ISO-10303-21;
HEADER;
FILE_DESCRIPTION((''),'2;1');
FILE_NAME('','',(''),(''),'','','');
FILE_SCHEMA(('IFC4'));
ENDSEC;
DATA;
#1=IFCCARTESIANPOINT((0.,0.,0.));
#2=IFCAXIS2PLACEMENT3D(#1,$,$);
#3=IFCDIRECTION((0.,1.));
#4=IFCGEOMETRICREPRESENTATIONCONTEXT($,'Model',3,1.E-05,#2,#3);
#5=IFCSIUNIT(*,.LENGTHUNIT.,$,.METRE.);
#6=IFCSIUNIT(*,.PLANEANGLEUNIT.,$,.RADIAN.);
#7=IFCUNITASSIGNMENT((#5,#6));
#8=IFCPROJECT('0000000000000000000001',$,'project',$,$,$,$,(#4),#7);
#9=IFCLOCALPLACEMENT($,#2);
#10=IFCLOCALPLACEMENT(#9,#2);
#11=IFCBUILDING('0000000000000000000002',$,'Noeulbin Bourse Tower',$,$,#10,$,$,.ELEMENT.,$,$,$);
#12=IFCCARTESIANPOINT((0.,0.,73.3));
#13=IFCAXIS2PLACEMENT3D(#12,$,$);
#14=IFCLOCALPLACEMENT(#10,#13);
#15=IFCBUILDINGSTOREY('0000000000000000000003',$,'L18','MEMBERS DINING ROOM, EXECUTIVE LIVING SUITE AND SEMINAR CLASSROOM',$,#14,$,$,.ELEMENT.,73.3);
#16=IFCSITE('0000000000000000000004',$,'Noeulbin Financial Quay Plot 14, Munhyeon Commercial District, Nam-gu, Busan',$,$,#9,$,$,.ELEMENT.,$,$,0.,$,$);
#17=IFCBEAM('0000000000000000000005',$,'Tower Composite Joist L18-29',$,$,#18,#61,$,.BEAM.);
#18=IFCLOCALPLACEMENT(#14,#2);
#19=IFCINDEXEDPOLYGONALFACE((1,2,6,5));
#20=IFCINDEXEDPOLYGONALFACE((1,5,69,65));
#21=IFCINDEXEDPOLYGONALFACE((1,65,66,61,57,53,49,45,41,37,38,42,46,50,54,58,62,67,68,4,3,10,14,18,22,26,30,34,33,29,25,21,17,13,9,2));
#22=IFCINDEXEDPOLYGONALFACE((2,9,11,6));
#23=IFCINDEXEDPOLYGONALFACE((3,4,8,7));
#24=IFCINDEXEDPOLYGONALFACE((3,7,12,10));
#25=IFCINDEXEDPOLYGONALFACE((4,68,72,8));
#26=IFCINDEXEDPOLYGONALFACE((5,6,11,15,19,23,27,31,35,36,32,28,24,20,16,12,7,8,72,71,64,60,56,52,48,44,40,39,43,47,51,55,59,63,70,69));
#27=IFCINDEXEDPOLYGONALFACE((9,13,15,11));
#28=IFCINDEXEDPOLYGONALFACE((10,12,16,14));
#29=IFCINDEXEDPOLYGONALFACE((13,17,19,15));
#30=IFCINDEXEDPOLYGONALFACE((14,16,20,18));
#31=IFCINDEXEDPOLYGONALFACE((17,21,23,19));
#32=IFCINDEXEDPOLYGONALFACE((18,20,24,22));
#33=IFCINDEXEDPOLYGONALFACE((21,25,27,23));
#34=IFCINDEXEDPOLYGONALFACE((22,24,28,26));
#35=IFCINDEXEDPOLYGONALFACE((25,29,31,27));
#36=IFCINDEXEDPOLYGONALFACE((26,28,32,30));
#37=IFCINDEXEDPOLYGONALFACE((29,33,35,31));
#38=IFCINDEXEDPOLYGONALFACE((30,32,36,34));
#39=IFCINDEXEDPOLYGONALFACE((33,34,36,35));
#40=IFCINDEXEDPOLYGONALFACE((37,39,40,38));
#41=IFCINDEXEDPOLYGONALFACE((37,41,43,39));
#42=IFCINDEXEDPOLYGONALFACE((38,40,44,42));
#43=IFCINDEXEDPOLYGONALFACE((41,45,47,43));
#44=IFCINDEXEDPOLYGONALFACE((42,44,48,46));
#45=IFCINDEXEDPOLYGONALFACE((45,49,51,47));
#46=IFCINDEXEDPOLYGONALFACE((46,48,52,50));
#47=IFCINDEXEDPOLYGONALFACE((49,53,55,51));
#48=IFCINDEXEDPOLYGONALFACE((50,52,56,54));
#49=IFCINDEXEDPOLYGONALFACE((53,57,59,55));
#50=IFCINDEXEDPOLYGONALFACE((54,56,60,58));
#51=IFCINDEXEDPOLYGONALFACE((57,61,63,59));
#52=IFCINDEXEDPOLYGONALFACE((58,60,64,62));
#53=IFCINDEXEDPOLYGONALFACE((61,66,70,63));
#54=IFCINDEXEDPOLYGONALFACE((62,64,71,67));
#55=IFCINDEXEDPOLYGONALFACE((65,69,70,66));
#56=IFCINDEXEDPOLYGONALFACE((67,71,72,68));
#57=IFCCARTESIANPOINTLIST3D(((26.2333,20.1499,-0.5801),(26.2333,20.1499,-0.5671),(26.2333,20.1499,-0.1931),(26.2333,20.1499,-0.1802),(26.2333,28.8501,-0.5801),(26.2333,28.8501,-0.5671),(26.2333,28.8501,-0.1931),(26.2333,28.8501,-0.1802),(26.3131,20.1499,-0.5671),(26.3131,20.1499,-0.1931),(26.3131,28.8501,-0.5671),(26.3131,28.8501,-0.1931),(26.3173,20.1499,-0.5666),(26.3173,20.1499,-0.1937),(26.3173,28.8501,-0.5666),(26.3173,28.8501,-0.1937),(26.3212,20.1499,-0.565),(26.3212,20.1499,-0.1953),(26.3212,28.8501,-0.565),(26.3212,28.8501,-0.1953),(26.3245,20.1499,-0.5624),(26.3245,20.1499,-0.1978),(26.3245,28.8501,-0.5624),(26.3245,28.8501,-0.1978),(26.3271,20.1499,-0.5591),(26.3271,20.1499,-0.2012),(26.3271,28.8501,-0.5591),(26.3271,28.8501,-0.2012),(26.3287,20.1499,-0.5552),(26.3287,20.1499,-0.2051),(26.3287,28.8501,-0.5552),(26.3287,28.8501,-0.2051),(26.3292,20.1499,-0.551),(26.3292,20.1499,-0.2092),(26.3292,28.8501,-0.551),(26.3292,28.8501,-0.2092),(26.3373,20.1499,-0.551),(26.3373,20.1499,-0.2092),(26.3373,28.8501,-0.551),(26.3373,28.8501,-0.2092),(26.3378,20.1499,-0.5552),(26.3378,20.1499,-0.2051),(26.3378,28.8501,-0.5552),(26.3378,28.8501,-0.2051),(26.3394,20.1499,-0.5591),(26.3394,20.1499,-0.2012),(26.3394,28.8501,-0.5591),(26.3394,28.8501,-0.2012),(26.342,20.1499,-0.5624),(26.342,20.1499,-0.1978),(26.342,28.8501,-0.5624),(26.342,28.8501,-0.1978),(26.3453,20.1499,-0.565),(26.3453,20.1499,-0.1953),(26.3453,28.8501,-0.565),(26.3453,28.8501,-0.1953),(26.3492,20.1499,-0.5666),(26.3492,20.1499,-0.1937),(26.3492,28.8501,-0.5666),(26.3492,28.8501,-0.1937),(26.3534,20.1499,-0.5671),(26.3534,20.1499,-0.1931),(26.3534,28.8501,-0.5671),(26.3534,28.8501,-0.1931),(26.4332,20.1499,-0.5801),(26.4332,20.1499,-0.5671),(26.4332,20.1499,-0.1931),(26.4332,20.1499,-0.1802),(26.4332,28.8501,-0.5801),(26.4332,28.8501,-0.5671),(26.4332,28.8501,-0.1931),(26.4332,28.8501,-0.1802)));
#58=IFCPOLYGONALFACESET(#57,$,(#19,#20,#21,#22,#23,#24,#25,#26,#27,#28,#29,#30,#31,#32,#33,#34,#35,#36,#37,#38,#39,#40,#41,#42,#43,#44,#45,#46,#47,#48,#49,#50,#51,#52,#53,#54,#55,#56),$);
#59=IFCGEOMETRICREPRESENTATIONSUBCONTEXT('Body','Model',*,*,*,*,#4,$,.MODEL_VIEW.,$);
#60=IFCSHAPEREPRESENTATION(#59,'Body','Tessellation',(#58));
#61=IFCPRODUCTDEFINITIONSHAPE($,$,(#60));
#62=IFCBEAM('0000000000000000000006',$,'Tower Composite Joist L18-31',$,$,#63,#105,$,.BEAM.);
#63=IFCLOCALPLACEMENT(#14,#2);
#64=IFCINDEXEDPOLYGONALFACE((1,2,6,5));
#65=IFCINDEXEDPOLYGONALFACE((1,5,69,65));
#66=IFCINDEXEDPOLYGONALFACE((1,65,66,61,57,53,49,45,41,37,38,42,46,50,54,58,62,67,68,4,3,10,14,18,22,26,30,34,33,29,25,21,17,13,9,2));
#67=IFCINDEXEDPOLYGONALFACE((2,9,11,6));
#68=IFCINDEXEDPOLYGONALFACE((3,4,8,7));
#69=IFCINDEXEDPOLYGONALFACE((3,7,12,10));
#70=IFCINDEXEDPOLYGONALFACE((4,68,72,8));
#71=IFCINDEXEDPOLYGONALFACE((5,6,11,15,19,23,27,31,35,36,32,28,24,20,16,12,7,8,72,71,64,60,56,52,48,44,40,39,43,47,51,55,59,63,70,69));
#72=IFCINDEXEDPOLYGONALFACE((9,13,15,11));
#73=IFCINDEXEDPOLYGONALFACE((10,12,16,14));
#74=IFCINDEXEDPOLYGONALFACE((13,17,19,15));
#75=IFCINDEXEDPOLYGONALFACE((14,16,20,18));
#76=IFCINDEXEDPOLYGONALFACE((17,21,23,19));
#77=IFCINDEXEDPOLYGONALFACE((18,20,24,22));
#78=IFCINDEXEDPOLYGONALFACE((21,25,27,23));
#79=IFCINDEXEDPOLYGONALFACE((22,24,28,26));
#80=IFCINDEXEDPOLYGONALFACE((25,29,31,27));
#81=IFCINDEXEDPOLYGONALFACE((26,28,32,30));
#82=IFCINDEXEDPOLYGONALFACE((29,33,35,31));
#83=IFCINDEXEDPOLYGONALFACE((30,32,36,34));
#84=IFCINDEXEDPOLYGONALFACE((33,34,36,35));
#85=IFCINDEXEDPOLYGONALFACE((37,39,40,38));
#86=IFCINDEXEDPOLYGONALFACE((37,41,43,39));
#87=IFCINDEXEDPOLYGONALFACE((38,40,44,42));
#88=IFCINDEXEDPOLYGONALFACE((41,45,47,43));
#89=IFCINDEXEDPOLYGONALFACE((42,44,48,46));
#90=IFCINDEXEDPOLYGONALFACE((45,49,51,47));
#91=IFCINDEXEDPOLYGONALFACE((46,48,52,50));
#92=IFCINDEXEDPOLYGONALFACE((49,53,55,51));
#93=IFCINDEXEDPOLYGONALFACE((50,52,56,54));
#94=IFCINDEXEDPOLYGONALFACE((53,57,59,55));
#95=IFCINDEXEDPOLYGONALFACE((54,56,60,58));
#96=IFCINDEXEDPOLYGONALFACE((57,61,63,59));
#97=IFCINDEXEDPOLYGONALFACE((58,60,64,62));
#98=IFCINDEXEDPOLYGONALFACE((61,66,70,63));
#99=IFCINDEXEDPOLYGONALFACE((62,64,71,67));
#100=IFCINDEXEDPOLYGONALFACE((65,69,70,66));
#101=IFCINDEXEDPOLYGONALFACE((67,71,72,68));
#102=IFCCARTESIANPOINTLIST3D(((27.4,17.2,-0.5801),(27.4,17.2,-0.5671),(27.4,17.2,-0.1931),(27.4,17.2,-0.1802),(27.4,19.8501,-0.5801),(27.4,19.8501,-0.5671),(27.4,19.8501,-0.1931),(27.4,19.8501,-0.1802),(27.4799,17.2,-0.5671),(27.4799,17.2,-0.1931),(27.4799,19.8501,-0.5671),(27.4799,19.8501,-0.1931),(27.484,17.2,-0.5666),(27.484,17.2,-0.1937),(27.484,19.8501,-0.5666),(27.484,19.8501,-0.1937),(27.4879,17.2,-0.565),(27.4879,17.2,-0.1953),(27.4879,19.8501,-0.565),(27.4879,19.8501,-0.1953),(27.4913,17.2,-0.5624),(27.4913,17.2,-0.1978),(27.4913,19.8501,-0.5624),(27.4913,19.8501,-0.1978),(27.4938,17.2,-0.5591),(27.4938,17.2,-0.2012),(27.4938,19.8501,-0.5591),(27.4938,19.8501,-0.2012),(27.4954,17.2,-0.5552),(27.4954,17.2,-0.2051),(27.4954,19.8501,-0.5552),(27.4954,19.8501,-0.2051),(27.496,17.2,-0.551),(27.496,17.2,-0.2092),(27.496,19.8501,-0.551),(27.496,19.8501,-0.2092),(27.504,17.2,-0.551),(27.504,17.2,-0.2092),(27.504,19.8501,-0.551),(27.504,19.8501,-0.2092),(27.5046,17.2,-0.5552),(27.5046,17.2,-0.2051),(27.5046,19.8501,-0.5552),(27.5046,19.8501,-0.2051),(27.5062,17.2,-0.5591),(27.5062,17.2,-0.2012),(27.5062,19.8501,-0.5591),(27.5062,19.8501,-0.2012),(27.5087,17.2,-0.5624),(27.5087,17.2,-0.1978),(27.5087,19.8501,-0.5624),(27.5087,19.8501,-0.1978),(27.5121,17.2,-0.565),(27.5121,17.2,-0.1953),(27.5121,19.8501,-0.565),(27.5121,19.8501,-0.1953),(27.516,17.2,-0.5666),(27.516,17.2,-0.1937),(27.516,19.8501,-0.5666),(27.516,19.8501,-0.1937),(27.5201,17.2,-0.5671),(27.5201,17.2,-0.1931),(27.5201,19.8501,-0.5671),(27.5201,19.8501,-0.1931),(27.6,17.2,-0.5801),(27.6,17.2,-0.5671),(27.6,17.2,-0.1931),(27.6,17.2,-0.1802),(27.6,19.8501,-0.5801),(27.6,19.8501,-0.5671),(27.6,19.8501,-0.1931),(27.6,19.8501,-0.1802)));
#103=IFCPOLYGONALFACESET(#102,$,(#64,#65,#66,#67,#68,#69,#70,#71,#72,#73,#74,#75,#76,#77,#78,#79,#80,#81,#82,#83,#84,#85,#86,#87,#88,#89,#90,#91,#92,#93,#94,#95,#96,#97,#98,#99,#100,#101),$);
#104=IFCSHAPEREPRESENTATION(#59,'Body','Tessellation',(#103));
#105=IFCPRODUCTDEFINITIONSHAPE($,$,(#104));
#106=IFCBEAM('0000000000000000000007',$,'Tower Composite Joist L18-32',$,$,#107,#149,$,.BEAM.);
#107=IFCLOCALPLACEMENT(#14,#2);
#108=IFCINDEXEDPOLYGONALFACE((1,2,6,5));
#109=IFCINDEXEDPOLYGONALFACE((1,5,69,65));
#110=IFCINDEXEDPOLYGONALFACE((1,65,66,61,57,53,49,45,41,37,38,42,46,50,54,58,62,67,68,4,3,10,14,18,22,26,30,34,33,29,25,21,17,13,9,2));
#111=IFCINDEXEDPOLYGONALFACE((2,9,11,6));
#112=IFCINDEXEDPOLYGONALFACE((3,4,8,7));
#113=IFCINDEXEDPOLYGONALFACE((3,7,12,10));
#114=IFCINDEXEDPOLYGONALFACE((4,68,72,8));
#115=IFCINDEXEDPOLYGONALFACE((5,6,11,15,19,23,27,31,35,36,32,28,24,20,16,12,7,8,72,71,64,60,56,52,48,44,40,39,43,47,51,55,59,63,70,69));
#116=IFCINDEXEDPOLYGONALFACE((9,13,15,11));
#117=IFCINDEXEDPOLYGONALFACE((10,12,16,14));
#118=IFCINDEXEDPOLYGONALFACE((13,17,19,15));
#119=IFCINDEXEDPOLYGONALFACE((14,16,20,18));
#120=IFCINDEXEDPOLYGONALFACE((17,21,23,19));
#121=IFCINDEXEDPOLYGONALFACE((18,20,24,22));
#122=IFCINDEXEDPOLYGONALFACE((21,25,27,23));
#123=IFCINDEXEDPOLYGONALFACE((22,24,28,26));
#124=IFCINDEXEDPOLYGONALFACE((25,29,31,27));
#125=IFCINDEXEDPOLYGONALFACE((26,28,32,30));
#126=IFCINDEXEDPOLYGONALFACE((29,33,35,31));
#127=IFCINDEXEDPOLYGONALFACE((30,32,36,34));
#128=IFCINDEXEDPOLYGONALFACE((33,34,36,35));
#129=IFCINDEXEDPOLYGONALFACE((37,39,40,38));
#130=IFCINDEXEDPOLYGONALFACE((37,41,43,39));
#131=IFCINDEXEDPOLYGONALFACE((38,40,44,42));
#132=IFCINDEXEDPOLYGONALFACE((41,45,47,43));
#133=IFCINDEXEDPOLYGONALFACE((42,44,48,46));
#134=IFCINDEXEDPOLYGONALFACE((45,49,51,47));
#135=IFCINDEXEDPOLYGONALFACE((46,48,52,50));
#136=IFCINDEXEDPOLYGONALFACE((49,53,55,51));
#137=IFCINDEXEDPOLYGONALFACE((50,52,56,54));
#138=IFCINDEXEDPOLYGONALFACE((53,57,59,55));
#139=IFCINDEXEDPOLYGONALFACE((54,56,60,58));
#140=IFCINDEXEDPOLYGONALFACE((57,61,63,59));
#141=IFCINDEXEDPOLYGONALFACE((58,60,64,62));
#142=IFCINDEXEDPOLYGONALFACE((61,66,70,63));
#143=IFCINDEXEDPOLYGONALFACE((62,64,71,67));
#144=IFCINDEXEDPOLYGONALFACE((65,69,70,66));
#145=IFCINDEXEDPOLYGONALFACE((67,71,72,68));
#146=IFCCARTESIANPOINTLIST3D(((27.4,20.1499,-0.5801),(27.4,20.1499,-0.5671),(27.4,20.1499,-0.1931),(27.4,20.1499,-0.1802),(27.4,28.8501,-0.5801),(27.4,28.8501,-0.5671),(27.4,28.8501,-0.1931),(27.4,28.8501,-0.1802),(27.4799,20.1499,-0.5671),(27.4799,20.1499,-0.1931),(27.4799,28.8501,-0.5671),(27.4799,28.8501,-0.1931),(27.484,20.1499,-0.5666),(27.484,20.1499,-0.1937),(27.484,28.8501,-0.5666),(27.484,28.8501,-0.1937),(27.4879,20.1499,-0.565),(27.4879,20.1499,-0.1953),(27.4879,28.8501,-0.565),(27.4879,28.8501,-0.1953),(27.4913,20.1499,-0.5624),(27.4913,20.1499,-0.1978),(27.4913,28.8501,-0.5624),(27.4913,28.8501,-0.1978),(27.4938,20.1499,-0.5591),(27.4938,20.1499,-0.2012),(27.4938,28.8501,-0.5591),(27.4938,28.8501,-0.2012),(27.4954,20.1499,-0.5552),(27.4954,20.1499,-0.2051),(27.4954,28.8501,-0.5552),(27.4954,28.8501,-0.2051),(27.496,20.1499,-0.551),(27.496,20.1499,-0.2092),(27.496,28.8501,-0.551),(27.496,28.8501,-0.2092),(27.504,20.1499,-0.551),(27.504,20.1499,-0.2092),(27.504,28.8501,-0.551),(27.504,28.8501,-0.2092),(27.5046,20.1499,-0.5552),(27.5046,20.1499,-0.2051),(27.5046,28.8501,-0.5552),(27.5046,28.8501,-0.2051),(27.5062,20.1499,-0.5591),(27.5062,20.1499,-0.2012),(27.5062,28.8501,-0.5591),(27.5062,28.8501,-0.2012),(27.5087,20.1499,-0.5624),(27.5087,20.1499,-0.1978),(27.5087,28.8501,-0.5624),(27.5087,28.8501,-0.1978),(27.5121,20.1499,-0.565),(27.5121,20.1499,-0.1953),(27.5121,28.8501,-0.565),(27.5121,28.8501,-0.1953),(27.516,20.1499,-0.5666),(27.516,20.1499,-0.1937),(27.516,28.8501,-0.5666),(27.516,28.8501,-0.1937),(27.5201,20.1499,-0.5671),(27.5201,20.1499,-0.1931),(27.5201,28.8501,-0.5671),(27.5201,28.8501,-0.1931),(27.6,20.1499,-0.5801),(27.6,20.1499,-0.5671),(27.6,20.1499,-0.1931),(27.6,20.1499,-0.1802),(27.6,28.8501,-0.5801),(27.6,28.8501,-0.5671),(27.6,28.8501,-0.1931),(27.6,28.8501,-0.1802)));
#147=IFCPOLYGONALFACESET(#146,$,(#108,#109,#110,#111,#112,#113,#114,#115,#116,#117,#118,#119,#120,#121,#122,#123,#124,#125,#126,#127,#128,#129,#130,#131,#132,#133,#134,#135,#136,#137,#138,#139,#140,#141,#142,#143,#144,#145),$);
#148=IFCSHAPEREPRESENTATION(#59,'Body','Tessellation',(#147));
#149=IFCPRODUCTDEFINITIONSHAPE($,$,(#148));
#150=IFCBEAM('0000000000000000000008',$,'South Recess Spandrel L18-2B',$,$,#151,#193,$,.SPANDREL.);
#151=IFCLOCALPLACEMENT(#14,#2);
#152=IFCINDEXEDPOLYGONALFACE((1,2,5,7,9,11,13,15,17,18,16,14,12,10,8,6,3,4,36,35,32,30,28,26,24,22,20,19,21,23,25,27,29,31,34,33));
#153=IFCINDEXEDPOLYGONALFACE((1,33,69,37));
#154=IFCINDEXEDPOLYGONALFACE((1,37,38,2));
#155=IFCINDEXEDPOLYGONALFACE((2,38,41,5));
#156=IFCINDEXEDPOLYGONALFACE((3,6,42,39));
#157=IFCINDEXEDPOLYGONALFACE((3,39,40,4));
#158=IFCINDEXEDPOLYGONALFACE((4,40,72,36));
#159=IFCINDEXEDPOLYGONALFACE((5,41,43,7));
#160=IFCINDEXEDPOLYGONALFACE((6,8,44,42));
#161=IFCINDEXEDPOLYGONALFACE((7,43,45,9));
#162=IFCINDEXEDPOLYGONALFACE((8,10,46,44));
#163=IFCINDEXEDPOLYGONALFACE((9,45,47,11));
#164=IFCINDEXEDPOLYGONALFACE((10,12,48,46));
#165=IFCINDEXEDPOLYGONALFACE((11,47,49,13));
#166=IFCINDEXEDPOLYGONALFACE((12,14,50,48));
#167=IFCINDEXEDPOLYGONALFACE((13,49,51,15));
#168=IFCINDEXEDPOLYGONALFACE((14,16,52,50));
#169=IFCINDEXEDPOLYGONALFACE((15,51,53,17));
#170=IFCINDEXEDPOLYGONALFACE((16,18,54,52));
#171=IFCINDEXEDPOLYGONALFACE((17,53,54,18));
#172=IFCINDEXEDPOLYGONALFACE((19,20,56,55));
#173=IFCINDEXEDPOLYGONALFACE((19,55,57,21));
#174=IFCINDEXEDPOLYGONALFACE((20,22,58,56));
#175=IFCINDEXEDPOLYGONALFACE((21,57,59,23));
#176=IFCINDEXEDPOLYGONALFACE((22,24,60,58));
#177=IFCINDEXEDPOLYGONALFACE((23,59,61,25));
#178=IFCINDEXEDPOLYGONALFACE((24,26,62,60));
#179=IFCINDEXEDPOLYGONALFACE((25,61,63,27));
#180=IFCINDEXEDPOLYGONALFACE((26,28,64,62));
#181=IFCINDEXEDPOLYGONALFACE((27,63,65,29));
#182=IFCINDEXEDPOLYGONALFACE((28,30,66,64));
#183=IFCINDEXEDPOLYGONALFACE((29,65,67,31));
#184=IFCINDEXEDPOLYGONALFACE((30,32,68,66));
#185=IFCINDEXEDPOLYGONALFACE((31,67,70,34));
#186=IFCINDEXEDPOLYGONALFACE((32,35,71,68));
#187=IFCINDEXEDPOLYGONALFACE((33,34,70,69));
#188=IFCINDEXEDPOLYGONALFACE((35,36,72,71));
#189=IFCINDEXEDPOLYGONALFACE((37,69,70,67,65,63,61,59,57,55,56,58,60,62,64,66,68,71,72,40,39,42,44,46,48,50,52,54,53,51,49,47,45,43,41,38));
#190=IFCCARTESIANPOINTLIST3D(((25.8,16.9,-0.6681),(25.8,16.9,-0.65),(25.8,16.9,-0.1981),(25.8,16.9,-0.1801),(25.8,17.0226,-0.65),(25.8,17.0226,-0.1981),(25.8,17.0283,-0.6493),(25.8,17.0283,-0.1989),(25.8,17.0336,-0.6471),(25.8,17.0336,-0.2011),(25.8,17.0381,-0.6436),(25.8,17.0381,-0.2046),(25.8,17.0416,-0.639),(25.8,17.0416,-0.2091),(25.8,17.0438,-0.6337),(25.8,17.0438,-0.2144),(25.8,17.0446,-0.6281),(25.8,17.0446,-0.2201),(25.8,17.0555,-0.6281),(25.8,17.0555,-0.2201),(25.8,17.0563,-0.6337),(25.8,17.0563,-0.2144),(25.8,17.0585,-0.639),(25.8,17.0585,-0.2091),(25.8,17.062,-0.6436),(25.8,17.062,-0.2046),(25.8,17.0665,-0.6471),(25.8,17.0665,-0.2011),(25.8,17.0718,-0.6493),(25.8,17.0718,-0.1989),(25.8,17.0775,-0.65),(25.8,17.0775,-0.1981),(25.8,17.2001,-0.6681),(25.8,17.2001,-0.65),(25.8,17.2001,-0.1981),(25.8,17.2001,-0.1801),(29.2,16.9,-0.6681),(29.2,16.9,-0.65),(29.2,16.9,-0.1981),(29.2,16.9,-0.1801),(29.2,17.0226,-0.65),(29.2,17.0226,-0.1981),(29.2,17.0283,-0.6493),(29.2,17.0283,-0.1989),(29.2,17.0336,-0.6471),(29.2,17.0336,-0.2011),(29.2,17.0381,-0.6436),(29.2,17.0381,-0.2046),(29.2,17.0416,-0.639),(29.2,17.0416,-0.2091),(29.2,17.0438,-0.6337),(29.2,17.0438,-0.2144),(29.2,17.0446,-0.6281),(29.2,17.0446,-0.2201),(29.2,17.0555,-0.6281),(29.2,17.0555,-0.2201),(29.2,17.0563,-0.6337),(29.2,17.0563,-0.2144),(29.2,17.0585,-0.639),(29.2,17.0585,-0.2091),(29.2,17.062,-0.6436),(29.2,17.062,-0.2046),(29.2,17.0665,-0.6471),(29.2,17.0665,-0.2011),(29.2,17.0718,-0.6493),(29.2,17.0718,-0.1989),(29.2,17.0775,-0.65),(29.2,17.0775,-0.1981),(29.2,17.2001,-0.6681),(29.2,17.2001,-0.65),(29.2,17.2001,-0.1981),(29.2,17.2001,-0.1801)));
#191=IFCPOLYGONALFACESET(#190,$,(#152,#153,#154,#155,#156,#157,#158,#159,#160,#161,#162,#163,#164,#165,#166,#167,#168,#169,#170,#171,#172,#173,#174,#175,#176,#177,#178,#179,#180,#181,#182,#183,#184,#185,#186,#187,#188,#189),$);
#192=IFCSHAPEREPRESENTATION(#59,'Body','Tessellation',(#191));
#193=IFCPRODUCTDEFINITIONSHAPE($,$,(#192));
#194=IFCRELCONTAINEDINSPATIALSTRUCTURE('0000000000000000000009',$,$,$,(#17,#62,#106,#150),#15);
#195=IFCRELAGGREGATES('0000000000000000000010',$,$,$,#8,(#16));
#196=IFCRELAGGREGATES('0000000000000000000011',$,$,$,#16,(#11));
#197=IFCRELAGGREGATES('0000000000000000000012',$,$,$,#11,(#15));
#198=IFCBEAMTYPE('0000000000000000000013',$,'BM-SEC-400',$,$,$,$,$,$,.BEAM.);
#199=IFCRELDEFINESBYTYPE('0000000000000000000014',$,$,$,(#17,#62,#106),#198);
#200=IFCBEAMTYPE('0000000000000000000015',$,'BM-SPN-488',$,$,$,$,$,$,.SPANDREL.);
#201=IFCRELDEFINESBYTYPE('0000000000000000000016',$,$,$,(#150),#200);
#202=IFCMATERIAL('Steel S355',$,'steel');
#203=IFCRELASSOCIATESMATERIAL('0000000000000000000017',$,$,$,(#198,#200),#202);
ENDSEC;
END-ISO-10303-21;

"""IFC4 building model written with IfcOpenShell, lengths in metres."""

from ifc_helpers import new_model, si_unit, direction, frame, origin, origin_2d, place, context, subcontext, project, spatial, i_section, extrude, material, material_profile, profile_set, type_object, element, save


model = new_model("IFC4")

# Units and contexts
model_context = context("Model", 3, precision=1e-05, world=origin(), true_north=direction((0.0, 1.0)))
body_context = subcontext(model_context, "Body", "Model", "MODEL_VIEW")
ifc_project = project(units=[si_unit("LENGTHUNIT", "METRE"), si_unit("PLANEANGLEUNIT", "RADIAN")], contexts=[model_context])

# Site, building, storey
site_placement = place(None, origin())
site = spatial("IfcSite", under=ifc_project, at=site_placement, Name="Noeulbin Financial Quay Plot 14, Munhyeon Commercial District, Nam-gu, Busan", CompositionType="ELEMENT", RefElevation=0.0)
building_placement = place(site_placement, origin())
building = spatial("IfcBuilding", under=site, at=building_placement, Name="Noeulbin Bourse Tower", CompositionType="ELEMENT")
storey_placement = place(building_placement, frame((0.0, 0.0, 73.3)))
storey = spatial("IfcBuildingStorey", under=building, at=storey_placement, Name="L18", Description="MEMBERS DINING ROOM, EXECUTIVE LIVING SUITE AND SEMINAR CLASSROOM", CompositionType="ELEMENT", Elevation=73.3)

# Beams
ifc_material_1 = material(Name="Steel S355", Category="steel")
ifc_material_profile_1 = material_profile(ifc_material_1, i_section(OverallWidth=0.2, OverallDepth=0.3999, WebThickness=0.0081, FlangeThickness=0.0129, FilletRadius=0.0161, at=origin_2d()), Name="H-400x200x8x13", Category="LoadBearing")
ifc_profile_set_1 = profile_set([ifc_material_profile_1], Name="Steel S355")
beam_type_1 = type_object("IfcBeamType", Name="BM-SEC-400", PredefinedType="BEAM", material=ifc_profile_set_1)
beam_1_placement = place(storey_placement, frame((26.3333, 20.1499, -0.3801), z_axis=(0.0, 1.0, 0.0), x_axis=(-1.0, 0.0, 0.0)))
element("IfcBeam", 1, at=beam_1_placement, inside=storey, type_object=beam_type_1, Name="Tower Composite Joist L18-29", PredefinedType="BEAM", context=body_context, shape_type="SweptSolid", body=[
    extrude(i_section(OverallWidth=0.2, OverallDepth=0.3999, WebThickness=0.0081, FlangeThickness=0.0129, FilletRadius=0.0161, at=origin_2d()), origin(), (0.0, 0.0, 1.0), 8.7002),
])
beam_2_placement = place(storey_placement, frame((27.5, 17.2, -0.3801), z_axis=(0.0, 1.0, 0.0), x_axis=(-1.0, 0.0, 0.0)))
element("IfcBeam", 2, at=beam_2_placement, inside=storey, type_object=beam_type_1, Name="Tower Composite Joist L18-31", PredefinedType="BEAM", context=body_context, shape_type="SweptSolid", body=[
    extrude(i_section(OverallWidth=0.2, OverallDepth=0.3999, WebThickness=0.0081, FlangeThickness=0.0129, FilletRadius=0.0161, at=origin_2d()), origin(), (0.0, 0.0, 1.0), 2.6501),
])
beam_3_placement = place(storey_placement, frame((27.5, 20.1499, -0.3801), z_axis=(0.0, 1.0, 0.0), x_axis=(-1.0, 0.0, 0.0)))
element("IfcBeam", 3, at=beam_3_placement, inside=storey, type_object=beam_type_1, Name="Tower Composite Joist L18-32", PredefinedType="BEAM", context=body_context, shape_type="SweptSolid", body=[
    extrude(i_section(OverallWidth=0.2, OverallDepth=0.3999, WebThickness=0.0081, FlangeThickness=0.0129, FilletRadius=0.0161, at=origin_2d()), origin(), (0.0, 0.0, 1.0), 8.7002),
])
ifc_material_profile_2 = material_profile(ifc_material_1, i_section(OverallWidth=0.3, OverallDepth=0.488, WebThickness=0.011, FlangeThickness=0.0181, FilletRadius=0.022, at=origin_2d()), Name="H-488x300x11x18", Category="LoadBearing")
ifc_profile_set_2 = profile_set([ifc_material_profile_2], Name="Steel S355")
beam_type_2 = type_object("IfcBeamType", Name="BM-SPN-488", PredefinedType="SPANDREL", material=ifc_profile_set_2)
beam_4_placement = place(storey_placement, frame((25.8, 17.05, -0.4241), z_axis=(1.0, 0.0, 0.0), x_axis=(0.0, 1.0, 0.0)))
element("IfcBeam", 4, at=beam_4_placement, inside=storey, type_object=beam_type_2, Name="South Recess Spandrel L18-2B", PredefinedType="SPANDREL", context=body_context, shape_type="SweptSolid", body=[
    extrude(i_section(OverallWidth=0.3, OverallDepth=0.488, WebThickness=0.011, FlangeThickness=0.0181, FilletRadius=0.022, at=origin_2d()), origin(), (0.0, 0.0, 1.0), 3.3999),
])

save(model, "model.ifc")
